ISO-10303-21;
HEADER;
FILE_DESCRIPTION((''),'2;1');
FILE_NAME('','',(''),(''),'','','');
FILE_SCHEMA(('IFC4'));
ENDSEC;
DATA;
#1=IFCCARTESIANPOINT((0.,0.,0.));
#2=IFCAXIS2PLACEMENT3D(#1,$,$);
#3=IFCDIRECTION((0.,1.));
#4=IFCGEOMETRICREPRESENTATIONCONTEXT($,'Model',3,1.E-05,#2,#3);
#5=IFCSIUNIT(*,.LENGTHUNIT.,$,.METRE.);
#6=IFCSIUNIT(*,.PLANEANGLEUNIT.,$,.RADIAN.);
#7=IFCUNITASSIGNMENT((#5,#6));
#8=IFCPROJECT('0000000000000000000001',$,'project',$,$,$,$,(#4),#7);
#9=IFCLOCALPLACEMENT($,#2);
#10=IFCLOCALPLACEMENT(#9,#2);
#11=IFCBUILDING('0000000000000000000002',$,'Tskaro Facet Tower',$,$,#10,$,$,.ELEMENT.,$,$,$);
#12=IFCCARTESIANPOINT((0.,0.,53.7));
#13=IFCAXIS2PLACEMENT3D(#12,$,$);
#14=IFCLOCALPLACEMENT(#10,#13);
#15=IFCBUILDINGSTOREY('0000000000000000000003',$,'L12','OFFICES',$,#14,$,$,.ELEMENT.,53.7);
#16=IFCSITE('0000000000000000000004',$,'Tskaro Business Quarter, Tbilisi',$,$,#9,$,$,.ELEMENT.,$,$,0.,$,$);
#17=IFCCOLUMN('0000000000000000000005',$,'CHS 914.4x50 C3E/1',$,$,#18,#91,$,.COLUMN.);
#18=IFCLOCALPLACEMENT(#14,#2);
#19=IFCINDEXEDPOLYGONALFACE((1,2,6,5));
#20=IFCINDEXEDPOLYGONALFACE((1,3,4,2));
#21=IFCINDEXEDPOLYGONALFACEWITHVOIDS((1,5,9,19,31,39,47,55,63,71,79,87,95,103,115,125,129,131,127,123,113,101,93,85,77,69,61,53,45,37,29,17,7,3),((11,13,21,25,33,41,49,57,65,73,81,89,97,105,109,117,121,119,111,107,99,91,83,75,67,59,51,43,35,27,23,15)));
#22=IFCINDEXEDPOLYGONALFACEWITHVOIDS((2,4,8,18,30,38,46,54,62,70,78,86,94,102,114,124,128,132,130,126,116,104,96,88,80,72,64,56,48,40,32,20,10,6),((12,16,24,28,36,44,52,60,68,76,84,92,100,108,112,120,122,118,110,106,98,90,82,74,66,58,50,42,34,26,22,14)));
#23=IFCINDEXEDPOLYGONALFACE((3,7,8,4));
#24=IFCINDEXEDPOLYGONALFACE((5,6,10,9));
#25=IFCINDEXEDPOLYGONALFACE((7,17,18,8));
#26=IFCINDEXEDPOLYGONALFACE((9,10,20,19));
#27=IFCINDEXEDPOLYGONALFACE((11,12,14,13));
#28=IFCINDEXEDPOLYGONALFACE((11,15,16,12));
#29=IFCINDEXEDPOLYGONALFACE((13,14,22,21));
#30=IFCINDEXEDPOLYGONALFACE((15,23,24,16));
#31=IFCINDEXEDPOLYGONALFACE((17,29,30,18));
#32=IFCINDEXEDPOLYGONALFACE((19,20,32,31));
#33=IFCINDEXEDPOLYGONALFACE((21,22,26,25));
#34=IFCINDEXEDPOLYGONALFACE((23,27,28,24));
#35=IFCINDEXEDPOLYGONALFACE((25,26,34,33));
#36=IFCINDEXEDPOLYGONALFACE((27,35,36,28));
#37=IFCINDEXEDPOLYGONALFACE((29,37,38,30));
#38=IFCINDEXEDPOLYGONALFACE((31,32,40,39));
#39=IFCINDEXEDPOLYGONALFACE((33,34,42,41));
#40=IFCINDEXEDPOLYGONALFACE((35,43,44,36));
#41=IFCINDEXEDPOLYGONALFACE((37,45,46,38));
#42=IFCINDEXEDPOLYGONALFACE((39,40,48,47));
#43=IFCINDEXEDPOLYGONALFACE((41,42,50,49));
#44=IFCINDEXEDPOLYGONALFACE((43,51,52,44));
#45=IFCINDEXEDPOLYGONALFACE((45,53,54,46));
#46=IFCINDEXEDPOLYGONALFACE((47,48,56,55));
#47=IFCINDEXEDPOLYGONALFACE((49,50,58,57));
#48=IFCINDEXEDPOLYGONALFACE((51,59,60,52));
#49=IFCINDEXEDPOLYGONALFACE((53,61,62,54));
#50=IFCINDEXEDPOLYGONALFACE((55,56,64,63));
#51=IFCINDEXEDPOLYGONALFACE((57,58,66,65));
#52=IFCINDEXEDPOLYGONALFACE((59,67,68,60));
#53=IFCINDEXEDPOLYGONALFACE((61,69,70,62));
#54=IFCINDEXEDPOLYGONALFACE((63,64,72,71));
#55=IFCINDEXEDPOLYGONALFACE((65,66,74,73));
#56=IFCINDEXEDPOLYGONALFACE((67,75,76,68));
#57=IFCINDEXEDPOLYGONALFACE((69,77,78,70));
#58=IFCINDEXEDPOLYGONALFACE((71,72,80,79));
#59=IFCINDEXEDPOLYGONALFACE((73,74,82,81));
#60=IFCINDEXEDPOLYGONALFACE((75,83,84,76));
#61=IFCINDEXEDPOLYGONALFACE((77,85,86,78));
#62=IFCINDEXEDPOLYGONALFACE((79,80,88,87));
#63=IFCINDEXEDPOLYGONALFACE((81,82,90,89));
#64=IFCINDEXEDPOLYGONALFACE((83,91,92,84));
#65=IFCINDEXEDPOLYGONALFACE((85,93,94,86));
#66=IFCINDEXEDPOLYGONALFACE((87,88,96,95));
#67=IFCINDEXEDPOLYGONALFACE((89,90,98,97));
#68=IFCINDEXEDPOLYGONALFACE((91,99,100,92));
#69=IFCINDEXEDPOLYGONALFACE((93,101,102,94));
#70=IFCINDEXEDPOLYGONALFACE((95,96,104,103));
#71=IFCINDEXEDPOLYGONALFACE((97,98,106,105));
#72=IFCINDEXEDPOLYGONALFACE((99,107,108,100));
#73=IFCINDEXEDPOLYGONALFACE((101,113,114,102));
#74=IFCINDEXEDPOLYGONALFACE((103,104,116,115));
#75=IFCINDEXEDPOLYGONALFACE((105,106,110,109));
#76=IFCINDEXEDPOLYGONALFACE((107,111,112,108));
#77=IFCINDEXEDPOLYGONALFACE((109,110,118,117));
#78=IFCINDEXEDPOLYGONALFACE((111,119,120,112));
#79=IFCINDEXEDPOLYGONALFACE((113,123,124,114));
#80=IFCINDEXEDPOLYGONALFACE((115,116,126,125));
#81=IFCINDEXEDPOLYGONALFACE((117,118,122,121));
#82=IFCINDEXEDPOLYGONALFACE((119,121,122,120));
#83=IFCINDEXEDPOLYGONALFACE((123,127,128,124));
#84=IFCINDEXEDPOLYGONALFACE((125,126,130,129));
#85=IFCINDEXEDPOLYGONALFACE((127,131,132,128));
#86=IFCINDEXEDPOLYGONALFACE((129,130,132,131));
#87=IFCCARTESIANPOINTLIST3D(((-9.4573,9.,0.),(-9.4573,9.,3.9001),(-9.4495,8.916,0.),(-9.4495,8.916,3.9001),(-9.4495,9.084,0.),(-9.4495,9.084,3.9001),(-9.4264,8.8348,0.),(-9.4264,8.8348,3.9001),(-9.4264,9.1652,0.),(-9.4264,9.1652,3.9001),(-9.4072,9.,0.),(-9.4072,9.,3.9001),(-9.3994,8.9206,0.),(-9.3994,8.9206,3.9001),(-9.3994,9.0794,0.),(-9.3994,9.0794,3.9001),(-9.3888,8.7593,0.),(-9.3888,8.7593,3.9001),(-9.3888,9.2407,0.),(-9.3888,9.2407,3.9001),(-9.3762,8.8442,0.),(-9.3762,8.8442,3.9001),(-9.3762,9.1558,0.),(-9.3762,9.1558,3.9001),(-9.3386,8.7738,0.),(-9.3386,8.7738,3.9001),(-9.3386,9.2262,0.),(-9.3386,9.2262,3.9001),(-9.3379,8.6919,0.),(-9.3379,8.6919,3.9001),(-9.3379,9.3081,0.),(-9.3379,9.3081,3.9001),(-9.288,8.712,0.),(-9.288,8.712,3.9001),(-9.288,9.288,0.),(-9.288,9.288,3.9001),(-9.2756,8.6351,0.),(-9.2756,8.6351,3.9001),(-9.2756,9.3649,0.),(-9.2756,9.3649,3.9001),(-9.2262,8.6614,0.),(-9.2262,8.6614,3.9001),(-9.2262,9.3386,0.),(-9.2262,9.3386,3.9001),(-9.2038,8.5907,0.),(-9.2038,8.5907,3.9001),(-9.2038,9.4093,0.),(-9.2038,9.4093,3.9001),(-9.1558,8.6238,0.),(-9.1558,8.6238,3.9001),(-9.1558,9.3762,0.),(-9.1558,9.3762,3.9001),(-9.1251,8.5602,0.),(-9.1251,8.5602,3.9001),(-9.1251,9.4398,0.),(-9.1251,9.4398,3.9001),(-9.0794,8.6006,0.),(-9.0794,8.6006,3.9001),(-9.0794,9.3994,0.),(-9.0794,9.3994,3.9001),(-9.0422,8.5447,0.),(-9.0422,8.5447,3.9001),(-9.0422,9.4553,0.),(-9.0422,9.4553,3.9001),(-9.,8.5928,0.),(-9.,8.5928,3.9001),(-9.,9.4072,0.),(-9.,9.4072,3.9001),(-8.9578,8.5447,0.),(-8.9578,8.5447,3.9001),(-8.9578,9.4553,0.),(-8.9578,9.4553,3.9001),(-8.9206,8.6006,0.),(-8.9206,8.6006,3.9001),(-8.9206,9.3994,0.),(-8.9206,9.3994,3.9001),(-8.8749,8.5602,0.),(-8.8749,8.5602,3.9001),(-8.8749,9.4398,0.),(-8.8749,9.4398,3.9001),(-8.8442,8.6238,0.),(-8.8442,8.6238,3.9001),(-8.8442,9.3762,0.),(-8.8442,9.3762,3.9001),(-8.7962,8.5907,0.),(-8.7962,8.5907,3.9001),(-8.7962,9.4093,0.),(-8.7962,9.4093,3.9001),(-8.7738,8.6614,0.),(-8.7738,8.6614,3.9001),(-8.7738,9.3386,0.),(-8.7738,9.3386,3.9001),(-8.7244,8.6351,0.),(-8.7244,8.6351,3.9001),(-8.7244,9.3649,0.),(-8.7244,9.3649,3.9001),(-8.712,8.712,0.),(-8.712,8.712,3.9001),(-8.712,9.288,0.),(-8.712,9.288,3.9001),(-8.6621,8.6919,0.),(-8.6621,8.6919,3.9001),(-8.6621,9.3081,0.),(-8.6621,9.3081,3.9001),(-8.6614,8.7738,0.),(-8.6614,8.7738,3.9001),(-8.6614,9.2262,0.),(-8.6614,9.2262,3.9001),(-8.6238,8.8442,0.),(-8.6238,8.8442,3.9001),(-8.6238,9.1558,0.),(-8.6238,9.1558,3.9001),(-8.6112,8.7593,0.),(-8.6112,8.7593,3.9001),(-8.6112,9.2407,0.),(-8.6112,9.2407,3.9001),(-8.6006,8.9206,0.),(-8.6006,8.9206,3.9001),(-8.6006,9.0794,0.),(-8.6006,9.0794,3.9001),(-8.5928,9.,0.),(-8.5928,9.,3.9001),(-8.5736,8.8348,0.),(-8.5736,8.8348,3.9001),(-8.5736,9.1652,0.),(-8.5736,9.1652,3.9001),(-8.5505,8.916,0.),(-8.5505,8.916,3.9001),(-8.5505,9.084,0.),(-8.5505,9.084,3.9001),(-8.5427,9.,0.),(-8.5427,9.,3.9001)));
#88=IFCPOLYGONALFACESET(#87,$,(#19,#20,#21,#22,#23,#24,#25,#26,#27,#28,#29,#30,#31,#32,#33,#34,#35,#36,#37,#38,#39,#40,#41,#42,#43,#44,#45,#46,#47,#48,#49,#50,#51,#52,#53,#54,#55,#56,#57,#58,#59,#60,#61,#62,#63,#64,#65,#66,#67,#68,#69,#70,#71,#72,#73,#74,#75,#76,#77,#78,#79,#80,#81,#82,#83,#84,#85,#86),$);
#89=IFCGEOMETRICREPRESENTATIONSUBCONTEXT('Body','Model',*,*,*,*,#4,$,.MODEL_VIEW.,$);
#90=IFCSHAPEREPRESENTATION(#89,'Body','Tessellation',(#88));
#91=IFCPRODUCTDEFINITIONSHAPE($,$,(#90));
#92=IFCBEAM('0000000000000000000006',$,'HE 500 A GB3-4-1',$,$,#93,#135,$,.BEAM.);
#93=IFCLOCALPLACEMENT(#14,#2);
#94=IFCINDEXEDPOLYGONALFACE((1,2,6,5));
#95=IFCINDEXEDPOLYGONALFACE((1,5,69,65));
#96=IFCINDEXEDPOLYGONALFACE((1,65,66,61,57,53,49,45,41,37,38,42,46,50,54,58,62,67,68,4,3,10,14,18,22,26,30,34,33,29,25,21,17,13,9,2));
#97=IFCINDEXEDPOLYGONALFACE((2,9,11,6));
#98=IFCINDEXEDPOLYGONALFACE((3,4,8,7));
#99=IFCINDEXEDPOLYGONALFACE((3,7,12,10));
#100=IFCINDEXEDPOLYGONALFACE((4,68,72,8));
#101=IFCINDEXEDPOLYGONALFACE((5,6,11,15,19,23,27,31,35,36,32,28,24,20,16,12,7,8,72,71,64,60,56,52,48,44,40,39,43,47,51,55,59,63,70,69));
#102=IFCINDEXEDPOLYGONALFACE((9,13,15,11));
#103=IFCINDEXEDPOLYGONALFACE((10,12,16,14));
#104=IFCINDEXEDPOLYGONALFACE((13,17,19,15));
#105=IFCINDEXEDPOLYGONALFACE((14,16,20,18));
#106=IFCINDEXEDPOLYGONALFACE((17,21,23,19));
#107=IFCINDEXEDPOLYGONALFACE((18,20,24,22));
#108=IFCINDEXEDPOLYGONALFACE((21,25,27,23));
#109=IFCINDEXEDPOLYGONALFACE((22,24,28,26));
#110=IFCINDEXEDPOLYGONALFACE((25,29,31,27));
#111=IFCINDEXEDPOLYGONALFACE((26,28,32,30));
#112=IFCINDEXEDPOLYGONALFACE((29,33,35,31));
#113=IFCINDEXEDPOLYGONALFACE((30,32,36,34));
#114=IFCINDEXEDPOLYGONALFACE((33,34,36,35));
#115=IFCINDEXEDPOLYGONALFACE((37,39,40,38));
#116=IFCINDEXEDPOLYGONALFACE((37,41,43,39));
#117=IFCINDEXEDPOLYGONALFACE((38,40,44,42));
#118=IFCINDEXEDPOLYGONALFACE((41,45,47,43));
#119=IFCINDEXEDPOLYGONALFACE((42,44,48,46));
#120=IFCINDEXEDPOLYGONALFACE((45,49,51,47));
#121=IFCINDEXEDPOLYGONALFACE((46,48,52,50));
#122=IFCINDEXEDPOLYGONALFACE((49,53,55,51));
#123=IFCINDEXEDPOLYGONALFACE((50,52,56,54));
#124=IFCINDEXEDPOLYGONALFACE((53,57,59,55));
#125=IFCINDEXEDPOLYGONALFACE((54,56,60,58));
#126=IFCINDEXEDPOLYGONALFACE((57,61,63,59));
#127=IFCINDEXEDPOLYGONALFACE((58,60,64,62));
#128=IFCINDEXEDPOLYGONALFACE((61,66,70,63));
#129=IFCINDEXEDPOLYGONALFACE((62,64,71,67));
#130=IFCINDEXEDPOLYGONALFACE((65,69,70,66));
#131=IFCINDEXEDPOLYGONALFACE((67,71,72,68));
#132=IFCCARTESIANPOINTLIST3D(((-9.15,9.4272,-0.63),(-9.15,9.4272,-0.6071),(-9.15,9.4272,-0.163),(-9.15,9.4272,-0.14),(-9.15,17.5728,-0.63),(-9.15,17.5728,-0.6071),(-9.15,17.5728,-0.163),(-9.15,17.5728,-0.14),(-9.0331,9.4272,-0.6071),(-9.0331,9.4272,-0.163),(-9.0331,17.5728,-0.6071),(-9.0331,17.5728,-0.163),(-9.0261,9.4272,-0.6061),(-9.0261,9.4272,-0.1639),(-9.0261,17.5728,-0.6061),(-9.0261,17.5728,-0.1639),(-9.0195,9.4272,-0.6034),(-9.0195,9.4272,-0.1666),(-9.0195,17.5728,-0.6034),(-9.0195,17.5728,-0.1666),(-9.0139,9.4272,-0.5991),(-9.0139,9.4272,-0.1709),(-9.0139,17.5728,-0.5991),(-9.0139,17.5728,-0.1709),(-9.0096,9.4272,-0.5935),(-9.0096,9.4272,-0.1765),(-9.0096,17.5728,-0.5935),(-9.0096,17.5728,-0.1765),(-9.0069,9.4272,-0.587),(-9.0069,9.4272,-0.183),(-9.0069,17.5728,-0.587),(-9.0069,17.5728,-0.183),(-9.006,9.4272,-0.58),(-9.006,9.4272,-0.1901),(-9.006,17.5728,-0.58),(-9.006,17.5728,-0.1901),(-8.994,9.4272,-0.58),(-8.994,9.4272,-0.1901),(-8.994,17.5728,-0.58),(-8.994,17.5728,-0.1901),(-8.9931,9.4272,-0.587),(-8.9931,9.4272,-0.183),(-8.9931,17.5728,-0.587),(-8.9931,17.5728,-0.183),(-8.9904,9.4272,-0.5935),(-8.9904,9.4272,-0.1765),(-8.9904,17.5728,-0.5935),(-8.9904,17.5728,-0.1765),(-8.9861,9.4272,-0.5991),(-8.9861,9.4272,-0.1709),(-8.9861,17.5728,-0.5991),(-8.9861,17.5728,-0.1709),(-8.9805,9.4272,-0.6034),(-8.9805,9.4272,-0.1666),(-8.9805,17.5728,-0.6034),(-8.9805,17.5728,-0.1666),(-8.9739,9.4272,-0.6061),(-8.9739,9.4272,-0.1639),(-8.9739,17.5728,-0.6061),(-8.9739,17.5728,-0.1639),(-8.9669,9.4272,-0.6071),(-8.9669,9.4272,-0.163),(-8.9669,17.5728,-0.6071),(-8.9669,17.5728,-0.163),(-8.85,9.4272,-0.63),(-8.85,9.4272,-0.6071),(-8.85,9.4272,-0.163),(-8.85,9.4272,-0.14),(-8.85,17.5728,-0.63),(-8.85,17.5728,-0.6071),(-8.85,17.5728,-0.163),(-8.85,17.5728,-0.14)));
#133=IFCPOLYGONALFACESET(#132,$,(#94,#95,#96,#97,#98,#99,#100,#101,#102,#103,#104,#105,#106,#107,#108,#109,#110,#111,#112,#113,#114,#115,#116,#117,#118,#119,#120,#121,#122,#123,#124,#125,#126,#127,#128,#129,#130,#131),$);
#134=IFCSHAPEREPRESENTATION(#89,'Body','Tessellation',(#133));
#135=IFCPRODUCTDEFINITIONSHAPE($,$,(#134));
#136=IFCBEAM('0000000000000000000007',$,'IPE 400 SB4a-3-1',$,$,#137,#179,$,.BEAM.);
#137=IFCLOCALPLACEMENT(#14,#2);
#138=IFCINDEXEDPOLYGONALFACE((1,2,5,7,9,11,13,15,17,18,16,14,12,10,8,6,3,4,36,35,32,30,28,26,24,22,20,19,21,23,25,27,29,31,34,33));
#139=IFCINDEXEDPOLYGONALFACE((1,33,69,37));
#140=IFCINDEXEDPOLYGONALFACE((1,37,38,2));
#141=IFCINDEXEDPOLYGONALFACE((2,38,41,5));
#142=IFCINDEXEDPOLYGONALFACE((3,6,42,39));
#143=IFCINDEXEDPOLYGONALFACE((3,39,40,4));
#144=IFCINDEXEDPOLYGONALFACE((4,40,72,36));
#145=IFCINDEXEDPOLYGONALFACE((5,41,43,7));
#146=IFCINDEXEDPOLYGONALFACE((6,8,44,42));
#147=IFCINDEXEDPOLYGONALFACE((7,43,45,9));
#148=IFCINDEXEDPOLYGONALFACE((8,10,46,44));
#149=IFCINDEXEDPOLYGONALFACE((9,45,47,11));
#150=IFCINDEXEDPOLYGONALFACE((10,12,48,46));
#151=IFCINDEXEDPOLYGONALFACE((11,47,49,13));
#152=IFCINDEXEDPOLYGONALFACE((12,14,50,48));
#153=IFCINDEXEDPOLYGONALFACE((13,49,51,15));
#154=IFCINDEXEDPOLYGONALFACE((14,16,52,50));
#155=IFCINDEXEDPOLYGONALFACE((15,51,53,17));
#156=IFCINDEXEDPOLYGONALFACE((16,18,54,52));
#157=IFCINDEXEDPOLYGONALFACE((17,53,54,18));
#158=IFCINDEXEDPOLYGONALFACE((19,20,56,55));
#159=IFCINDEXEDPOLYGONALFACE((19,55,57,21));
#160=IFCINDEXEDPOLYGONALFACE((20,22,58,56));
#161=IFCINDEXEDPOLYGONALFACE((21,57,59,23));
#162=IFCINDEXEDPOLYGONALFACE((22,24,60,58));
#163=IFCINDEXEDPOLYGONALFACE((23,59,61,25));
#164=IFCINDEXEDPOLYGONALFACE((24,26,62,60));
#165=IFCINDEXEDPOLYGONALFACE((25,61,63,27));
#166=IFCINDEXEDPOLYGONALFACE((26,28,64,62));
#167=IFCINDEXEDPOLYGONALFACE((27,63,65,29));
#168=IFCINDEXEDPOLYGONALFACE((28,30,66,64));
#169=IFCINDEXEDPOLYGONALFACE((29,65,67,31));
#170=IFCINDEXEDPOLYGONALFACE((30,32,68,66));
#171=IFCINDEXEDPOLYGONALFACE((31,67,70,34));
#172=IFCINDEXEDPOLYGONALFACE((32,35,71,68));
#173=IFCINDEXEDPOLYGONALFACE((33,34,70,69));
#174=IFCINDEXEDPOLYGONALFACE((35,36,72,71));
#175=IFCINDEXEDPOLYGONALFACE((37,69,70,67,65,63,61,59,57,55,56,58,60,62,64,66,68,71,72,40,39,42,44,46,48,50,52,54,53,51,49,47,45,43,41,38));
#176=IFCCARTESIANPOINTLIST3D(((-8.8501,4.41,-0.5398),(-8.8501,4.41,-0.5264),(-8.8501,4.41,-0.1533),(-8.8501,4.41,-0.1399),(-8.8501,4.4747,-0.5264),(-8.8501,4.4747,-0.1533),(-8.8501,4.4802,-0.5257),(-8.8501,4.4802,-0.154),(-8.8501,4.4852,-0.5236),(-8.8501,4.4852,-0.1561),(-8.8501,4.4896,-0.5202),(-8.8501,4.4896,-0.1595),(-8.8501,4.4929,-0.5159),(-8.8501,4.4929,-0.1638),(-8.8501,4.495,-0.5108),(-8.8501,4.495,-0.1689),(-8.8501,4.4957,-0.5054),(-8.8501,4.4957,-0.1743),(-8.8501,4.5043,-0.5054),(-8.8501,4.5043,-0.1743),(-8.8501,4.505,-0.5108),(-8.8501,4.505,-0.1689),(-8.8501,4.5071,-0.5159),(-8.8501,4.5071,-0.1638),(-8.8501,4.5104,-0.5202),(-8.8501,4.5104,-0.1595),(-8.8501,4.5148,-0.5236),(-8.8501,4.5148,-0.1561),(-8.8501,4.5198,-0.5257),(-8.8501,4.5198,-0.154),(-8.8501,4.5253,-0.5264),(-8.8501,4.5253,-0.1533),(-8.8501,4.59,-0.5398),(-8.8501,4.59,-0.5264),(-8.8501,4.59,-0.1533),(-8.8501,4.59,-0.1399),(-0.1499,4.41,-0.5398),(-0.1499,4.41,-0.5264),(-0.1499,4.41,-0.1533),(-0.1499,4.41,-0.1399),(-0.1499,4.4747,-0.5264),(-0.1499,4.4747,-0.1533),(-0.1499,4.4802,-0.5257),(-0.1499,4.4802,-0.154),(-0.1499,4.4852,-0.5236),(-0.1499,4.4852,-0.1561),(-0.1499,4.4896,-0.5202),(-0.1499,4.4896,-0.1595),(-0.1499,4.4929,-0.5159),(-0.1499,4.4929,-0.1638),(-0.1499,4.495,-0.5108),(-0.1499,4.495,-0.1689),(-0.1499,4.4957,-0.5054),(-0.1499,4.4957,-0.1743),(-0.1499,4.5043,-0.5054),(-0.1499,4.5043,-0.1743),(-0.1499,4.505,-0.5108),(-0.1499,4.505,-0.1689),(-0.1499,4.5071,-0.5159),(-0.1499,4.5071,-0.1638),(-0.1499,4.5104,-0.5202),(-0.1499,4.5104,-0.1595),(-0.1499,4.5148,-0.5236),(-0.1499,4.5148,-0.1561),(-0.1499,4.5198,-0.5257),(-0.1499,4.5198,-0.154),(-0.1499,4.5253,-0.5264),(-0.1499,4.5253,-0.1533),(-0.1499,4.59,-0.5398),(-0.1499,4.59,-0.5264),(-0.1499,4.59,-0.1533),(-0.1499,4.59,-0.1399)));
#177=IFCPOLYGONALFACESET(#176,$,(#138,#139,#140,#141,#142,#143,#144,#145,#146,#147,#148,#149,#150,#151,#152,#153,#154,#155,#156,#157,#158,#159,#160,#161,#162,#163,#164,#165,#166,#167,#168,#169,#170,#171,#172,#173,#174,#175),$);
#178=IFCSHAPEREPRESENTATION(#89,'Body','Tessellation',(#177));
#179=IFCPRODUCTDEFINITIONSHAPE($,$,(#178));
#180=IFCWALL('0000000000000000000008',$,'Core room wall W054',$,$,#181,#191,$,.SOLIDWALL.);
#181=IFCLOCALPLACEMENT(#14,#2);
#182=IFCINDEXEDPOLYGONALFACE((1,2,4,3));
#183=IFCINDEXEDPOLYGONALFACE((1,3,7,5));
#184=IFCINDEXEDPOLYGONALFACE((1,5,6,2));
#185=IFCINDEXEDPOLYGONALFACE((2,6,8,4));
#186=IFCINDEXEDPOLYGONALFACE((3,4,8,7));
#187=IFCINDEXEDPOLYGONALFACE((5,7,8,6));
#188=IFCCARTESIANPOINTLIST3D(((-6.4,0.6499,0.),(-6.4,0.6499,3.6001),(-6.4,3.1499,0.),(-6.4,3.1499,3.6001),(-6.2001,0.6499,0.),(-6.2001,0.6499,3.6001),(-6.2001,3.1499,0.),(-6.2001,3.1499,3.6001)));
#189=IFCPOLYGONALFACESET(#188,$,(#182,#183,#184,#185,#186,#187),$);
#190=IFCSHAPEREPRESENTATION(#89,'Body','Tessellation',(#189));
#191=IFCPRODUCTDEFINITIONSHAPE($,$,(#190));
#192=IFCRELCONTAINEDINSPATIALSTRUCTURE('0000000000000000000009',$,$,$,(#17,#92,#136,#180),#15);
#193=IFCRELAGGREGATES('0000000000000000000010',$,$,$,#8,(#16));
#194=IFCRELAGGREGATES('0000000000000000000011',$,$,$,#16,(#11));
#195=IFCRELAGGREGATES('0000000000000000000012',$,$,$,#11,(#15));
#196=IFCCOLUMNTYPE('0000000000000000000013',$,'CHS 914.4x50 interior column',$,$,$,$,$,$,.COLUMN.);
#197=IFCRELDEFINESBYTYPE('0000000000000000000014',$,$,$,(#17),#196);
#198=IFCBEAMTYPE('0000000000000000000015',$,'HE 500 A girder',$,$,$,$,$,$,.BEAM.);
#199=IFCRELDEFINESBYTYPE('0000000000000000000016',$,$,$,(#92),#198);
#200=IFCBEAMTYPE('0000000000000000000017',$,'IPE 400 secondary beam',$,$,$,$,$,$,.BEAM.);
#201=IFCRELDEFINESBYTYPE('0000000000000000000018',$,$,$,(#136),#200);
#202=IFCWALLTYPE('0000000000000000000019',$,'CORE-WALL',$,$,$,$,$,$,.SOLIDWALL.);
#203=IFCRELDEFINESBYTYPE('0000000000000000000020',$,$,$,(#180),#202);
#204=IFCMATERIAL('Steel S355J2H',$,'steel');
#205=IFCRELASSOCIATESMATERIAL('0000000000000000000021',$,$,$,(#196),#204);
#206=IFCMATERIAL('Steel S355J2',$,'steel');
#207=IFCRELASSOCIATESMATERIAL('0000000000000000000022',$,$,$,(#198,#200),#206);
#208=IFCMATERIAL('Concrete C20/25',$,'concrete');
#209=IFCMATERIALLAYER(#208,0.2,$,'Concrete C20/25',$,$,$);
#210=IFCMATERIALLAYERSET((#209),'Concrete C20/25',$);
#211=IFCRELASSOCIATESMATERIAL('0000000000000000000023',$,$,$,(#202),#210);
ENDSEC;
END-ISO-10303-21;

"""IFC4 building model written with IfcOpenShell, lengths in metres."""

from ifc_helpers import new_model, si_unit, direction, frame, frame_2d, origin, origin_2d, place, context, subcontext, project, spatial, rectangle, hollow_circle, i_section, extrude, material, layer, layer_set, material_profile, profile_set, type_object, element, save


model = new_model("IFC4")

# Units and contexts
model_context = context("Model", 3, precision=1e-05, world=origin(), true_north=direction((0.0, 1.0)))
body_context = subcontext(model_context, "Body", "Model", "MODEL_VIEW")
ifc_project = project(units=[si_unit("LENGTHUNIT", "METRE"), si_unit("PLANEANGLEUNIT", "RADIAN")], contexts=[model_context])

# Site, building, storey
site_placement = place(None, origin())
site = spatial("IfcSite", under=ifc_project, at=site_placement, Name="Tskaro Business Quarter, Tbilisi", CompositionType="ELEMENT", RefElevation=0.0)
building_placement = place(site_placement, origin())
building = spatial("IfcBuilding", under=site, at=building_placement, Name="Tskaro Facet Tower", CompositionType="ELEMENT")
storey_placement = place(building_placement, frame((0.0, 0.0, 53.7)))
storey = spatial("IfcBuildingStorey", under=building, at=storey_placement, Name="L12", Description="OFFICES", CompositionType="ELEMENT", Elevation=53.7)

# Column
ifc_material_1 = material(Name="Steel S355J2H", Category="steel")
ifc_material_profile_1 = material_profile(ifc_material_1, hollow_circle(Radius=0.4573, WallThickness=0.05, at=origin_2d()), Name="CHS 914.4x50")
ifc_profile_set_1 = profile_set([ifc_material_profile_1], Name="Steel S355J2H")
column_type = type_object("IfcColumnType", Name="CHS 914.4x50 interior column", PredefinedType="COLUMN", material=ifc_profile_set_1)
column_placement = place(storey_placement, frame((-9.0, 9.0, 0.0), z_axis=(0.0, 0.0, 1.0), x_axis=(1.0, 0.0, 0.0)))
element("IfcColumn", 1, at=column_placement, inside=storey, type_object=column_type, Name="CHS 914.4x50 C3E/1", PredefinedType="COLUMN", context=body_context, shape_type="SweptSolid", body=[
    extrude(hollow_circle(Radius=0.4573, WallThickness=0.05, at=origin_2d()), origin(), (0.0, 0.0, 1.0), 3.9001),
])

# Beams
ifc_material_2 = material(Name="Steel S355J2", Category="steel")
ifc_material_profile_2 = material_profile(ifc_material_2, i_section(OverallWidth=0.3, OverallDepth=0.49, WebThickness=0.012, FlangeThickness=0.0229, FilletRadius=0.0271, at=origin_2d()), Name="HE 500 A")
ifc_profile_set_2 = profile_set([ifc_material_profile_2], Name="Steel S355J2")
beam_type_1 = type_object("IfcBeamType", Name="HE 500 A girder", PredefinedType="BEAM", material=ifc_profile_set_2)
beam_1_placement = place(storey_placement, frame((-9.0, 9.4272, -0.385), z_axis=(0.0, 1.0, 0.0), x_axis=(-1.0, 0.0, 0.0)))
element("IfcBeam", 2, at=beam_1_placement, inside=storey, type_object=beam_type_1, Name="HE 500 A GB3-4-1", PredefinedType="BEAM", context=body_context, shape_type="SweptSolid", body=[
    extrude(i_section(OverallWidth=0.3, OverallDepth=0.49, WebThickness=0.012, FlangeThickness=0.0229, FilletRadius=0.0271, at=origin_2d()), origin(), (0.0, 0.0, 1.0), 8.1455),
])
ifc_material_profile_3 = material_profile(ifc_material_2, i_section(OverallWidth=0.1799, OverallDepth=0.3999, WebThickness=0.0085, FlangeThickness=0.0134, FilletRadius=0.021, at=origin_2d()), Name="IPE 400")
ifc_profile_set_3 = profile_set([ifc_material_profile_3], Name="Steel S355J2")
beam_type_2 = type_object("IfcBeamType", Name="IPE 400 secondary beam", PredefinedType="BEAM", material=ifc_profile_set_3)
beam_2_placement = place(storey_placement, frame((-8.8501, 4.5, -0.3398), z_axis=(1.0, 0.0, 0.0), x_axis=(0.0, 1.0, 0.0)))
element("IfcBeam", 3, at=beam_2_placement, inside=storey, type_object=beam_type_2, Name="IPE 400 SB4a-3-1", PredefinedType="BEAM", context=body_context, shape_type="SweptSolid", body=[
    extrude(i_section(OverallWidth=0.1799, OverallDepth=0.3999, WebThickness=0.0085, FlangeThickness=0.0134, FilletRadius=0.021, at=origin_2d()), origin(), (0.0, 0.0, 1.0), 8.7002),
])

# Wall
ifc_material_3 = material(Name="Concrete C20/25", Category="concrete")
ifc_layer_1 = layer(ifc_material_3, 0.2, Name="Concrete C20/25")
ifc_layer_set_1 = layer_set([ifc_layer_1], Name="Concrete C20/25")
wall_type_1 = type_object("IfcWallType", Name="CORE-WALL", PredefinedType="SOLIDWALL", material=ifc_layer_set_1)
for number, where, z_axis, x_axis, name in (
    (4, (-6.3, 0.6499, 0.0), (0.0, 0.0, 1.0), (0.0, 1.0, 0.0), "Core room wall W054"),
):
    element("IfcWall", number, at=place(storey_placement, frame(where, z_axis=z_axis, x_axis=x_axis)), inside=storey, type_object=wall_type_1, Name=name, PredefinedType="SOLIDWALL", context=body_context, shape_type="SweptSolid", body=[
        extrude(rectangle(XDim=2.5, YDim=0.2, at=frame_2d((1.25, 0.0))), origin(), (0.0, 0.0, 1.0), 3.6001),
    ])

save(model, "model.ifc")
